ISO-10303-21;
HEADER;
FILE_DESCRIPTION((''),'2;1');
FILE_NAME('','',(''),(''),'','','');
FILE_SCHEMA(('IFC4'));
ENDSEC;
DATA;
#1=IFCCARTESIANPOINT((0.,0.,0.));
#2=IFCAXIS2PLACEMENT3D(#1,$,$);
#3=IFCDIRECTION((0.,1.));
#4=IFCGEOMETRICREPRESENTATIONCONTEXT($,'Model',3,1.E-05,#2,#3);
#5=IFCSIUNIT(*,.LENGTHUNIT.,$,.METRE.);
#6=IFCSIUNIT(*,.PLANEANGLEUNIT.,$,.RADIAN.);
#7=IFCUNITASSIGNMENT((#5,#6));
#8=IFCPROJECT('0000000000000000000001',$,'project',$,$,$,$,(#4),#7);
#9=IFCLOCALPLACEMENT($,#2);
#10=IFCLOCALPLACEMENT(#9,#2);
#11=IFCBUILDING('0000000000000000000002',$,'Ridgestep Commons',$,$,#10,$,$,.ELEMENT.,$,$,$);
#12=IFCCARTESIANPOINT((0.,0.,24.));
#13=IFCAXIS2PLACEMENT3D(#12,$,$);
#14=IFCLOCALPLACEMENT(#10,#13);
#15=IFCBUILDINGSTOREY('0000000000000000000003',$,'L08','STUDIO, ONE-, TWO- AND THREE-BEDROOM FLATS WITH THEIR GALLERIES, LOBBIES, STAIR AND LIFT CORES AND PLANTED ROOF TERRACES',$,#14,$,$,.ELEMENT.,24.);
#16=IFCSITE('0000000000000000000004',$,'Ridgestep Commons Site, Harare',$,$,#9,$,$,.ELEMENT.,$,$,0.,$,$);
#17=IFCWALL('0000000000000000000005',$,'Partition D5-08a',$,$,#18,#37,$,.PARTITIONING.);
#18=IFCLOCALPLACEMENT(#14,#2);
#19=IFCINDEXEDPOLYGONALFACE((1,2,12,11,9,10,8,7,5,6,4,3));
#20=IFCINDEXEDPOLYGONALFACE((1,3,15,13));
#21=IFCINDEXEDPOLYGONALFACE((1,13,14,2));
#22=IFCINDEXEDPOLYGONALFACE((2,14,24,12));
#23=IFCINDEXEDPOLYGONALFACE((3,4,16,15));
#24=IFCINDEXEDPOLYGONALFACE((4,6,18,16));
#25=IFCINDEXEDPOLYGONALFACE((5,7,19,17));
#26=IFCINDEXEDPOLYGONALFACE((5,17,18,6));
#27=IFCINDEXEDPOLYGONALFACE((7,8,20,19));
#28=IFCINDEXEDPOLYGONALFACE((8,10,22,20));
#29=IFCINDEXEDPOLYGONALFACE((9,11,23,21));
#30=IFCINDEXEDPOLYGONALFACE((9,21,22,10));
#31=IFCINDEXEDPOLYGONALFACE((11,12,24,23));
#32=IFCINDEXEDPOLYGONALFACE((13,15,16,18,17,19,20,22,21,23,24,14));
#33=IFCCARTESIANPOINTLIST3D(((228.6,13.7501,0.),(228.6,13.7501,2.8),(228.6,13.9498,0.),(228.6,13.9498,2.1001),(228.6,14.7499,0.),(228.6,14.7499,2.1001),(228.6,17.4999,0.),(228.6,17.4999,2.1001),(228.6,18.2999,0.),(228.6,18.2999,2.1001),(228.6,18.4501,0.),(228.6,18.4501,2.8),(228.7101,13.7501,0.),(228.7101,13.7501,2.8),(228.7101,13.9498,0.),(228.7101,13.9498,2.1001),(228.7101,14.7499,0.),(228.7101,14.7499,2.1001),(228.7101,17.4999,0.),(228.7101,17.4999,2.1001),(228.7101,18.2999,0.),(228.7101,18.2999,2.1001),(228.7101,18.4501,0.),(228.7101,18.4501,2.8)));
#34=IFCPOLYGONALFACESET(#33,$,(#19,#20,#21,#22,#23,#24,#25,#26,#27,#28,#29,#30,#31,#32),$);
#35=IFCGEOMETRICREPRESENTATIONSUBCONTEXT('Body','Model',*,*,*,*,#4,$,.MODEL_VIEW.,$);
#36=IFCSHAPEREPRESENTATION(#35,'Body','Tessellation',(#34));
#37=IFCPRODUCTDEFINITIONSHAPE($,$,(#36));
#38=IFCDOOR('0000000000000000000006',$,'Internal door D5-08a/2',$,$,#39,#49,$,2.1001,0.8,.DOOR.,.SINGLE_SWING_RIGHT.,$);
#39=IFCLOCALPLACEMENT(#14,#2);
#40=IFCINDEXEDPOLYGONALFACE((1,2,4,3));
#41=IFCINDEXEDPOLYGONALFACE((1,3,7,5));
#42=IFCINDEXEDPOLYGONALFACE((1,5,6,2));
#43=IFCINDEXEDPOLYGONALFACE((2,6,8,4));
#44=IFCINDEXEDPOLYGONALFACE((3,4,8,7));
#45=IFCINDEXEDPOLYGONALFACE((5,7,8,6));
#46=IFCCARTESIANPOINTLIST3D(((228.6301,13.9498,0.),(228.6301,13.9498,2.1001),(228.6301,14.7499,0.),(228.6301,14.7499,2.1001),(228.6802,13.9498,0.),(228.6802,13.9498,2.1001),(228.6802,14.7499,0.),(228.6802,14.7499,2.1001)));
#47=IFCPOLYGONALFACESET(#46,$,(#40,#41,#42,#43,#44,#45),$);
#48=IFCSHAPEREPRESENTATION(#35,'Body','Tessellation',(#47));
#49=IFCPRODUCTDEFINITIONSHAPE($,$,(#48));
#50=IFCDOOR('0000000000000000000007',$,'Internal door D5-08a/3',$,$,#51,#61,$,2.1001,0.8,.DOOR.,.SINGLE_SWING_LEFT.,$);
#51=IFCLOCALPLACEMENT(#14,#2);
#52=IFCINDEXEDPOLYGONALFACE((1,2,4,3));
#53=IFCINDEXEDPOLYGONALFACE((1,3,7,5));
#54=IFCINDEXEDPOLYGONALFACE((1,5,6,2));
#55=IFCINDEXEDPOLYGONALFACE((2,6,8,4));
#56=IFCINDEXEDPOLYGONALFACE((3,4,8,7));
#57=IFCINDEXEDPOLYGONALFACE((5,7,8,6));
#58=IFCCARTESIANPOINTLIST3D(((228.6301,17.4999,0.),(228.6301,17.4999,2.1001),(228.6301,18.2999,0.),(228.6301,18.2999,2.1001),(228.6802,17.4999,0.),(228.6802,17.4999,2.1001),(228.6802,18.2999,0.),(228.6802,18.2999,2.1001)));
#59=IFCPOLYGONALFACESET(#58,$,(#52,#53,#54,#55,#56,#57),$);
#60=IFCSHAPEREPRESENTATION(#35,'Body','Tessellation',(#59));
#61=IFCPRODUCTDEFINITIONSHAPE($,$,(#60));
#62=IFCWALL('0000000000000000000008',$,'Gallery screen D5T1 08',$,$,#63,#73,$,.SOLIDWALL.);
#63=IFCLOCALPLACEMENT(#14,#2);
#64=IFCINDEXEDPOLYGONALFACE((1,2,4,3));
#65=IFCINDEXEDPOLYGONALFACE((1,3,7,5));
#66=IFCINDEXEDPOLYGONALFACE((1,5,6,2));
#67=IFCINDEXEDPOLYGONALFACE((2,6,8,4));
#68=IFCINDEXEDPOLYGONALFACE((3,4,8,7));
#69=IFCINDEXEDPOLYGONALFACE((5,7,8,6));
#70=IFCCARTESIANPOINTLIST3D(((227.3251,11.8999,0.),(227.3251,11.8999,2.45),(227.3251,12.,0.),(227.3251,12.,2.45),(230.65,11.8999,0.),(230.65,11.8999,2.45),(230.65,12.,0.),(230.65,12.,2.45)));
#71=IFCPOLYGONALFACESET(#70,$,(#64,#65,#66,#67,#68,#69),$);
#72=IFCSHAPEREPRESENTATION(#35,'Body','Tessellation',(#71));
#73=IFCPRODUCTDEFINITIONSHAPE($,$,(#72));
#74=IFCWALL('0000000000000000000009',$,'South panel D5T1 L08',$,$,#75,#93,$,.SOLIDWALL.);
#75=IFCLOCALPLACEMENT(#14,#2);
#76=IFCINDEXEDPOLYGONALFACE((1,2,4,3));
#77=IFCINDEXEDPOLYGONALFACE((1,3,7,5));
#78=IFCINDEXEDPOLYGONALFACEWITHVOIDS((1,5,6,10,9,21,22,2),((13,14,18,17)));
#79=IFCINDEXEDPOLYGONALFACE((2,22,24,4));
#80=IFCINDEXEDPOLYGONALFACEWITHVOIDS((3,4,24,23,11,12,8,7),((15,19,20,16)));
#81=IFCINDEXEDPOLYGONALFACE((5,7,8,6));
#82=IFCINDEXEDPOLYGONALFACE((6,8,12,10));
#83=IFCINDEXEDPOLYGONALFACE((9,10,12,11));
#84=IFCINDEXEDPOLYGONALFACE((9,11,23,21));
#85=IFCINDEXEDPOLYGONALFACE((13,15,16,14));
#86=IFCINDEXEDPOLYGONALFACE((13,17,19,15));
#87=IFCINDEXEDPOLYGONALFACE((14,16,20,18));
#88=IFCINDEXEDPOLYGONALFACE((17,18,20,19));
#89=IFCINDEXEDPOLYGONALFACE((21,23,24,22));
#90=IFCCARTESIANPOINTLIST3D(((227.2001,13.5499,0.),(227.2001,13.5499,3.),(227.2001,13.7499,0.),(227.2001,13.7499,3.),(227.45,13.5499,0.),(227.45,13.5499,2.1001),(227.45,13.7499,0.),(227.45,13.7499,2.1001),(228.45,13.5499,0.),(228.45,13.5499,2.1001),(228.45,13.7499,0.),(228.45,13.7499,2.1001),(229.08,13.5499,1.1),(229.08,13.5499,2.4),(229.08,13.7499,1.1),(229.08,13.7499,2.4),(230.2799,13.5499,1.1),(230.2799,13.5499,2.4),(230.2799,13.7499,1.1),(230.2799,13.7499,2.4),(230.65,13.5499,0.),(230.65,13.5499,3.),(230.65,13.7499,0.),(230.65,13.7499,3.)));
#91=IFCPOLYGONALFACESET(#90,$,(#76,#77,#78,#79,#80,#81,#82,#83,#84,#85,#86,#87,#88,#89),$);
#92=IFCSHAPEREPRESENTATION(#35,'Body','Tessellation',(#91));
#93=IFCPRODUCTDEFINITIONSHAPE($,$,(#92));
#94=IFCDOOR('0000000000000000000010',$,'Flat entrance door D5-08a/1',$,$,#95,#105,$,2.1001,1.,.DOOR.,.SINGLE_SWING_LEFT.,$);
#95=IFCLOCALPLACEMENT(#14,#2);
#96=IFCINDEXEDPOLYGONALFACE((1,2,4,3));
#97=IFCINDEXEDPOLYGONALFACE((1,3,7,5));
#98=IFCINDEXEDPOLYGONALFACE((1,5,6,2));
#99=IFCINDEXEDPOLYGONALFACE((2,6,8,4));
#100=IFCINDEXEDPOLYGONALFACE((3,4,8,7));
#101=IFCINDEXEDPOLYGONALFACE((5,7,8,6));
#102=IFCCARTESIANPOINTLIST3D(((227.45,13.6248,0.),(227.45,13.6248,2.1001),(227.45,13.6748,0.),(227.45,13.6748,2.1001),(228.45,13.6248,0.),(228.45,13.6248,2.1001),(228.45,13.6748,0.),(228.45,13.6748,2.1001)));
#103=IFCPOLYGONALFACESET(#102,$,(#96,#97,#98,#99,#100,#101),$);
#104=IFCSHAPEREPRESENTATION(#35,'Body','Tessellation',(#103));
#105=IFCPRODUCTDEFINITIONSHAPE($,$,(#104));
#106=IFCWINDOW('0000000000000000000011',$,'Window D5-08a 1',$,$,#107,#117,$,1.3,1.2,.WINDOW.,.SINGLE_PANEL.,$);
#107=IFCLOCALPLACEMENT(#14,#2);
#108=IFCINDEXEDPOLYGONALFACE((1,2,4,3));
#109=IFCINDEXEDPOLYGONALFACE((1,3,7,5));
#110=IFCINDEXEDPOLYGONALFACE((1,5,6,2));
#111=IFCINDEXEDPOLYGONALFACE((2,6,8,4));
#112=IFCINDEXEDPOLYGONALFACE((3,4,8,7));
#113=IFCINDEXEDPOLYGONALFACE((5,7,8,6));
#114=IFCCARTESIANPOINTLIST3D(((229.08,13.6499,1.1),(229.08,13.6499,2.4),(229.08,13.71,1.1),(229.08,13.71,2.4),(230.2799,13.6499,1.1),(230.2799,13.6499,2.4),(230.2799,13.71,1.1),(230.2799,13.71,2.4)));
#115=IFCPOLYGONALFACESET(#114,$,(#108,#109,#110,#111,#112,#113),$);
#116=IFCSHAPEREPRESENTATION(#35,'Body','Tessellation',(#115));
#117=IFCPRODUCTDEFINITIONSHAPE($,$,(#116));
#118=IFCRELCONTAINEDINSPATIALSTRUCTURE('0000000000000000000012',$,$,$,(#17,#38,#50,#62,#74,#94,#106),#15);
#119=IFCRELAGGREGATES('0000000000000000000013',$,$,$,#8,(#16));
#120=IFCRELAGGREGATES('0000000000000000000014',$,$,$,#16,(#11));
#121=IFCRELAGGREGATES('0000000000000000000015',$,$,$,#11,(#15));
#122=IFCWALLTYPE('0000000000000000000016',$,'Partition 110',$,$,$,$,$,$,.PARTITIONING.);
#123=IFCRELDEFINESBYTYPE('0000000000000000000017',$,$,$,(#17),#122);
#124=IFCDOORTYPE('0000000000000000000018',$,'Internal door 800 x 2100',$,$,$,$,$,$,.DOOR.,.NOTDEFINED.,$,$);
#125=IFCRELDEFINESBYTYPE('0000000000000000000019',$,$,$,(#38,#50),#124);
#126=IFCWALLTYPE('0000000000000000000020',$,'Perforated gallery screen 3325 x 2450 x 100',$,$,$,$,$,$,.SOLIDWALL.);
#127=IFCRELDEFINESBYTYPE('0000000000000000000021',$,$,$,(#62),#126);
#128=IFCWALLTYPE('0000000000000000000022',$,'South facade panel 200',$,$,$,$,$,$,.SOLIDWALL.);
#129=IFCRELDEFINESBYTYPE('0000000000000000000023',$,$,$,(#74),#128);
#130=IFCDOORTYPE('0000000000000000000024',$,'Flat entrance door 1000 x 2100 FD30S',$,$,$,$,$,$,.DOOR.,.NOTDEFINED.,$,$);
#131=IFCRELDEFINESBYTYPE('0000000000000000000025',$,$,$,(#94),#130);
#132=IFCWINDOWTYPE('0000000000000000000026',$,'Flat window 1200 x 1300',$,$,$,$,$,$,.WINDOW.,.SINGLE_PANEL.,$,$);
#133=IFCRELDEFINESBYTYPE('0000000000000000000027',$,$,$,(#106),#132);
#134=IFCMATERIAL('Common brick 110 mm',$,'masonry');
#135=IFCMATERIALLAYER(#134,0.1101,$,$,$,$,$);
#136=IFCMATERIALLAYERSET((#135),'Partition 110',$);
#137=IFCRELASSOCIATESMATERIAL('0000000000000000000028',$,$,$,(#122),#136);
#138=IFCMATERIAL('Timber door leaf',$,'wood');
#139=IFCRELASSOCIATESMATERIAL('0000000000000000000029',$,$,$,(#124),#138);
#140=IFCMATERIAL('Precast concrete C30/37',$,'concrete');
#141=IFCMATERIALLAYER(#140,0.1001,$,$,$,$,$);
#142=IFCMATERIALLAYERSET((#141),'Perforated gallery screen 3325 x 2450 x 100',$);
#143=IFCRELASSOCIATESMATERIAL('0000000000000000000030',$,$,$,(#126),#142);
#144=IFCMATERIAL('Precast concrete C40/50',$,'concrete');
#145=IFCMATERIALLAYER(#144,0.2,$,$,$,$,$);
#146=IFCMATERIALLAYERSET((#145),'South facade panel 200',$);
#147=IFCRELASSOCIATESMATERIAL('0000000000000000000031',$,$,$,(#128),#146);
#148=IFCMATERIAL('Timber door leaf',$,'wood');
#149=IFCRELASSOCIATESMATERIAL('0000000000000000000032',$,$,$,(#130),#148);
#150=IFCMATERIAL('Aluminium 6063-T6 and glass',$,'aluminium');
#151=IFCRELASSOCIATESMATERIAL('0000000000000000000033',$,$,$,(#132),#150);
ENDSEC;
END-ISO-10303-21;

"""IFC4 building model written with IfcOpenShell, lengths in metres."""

from ifc_helpers import new_model, si_unit, direction, frame, frame_2d, origin, place, context, subcontext, project, spatial, rectangle, extrude, material, layer, layer_set, type_object, element, fill, save


model = new_model("IFC4")

# Units and contexts
model_context = context("Model", 3, precision=1e-05, world=origin(), true_north=direction((0.0, 1.0)))
body_context = subcontext(model_context, "Body", "Model", "MODEL_VIEW")
ifc_project = project(units=[si_unit("LENGTHUNIT", "METRE"), si_unit("PLANEANGLEUNIT", "RADIAN")], contexts=[model_context])

# Site, building, storey
site_placement = place(None, origin())
site = spatial("IfcSite", under=ifc_project, at=site_placement, Name="Ridgestep Commons Site, Harare", CompositionType="ELEMENT", RefElevation=0.0)
building_placement = place(site_placement, origin())
building = spatial("IfcBuilding", under=site, at=building_placement, Name="Ridgestep Commons", CompositionType="ELEMENT")
storey_placement = place(building_placement, frame((0.0, 0.0, 24.0)))
storey = spatial("IfcBuildingStorey", under=building, at=storey_placement, Name="L08", Description="STUDIO, ONE-, TWO- AND THREE-BEDROOM FLATS WITH THEIR GALLERIES, LOBBIES, STAIR AND LIFT CORES AND PLANTED ROOF TERRACES", CompositionType="ELEMENT", Elevation=24.0)

# Wall, openings, doors
ifc_material_1 = material(Name="Common brick 110 mm", Category="masonry")
ifc_layer_1 = layer(ifc_material_1, 0.1101)
ifc_layer_set_1 = layer_set([ifc_layer_1], Name="Partition 110")
wall_type_1 = type_object("IfcWallType", Name="Partition 110", PredefinedType="PARTITIONING", material=ifc_layer_set_1)
wall_1_placement = place(storey_placement, frame((228.655, 13.75, 0.0), z_axis=(0.0, 0.0, 1.0), x_axis=(0.0, 1.0, 0.0)))
wall_1 = element("IfcWall", 1, at=wall_1_placement, inside=storey, type_object=wall_type_1, Name="Partition D5-08a", PredefinedType="PARTITIONING", context=body_context, shape_type="SweptSolid", body=[
    extrude(rectangle(XDim=4.7, YDim=0.1101, at=frame_2d((2.3501, 0.0))), origin(), (0.0, 0.0, 1.0), 2.8),
])
opening_1_placement = place(wall_1_placement, frame((0.2, 0.0, 0.0)))
opening_1 = element("IfcOpeningElement", 2, at=opening_1_placement, cuts=wall_1, PredefinedType="OPENING", context=body_context, shape_type="SweptSolid", body=[
    extrude(rectangle(XDim=0.8, YDim=2.1001, at=frame_2d((0.3999, 1.05))), frame((0.0, 0.0649, 0.0), z_axis=(0.0, -1.0, 0.0), x_axis=(1.0, 0.0, 0.0)), (0.0, 0.0, 1.0), 0.1301),
])
opening_2_placement = place(wall_1_placement, frame((3.75, 0.0, 0.0)))
opening_2 = element("IfcOpeningElement", 3, at=opening_2_placement, cuts=wall_1, PredefinedType="OPENING", context=body_context, shape_type="SweptSolid", body=[
    extrude(rectangle(XDim=0.8, YDim=2.1001, at=frame_2d((0.3999, 1.05))), frame((0.0, 0.0649, 0.0), z_axis=(0.0, -1.0, 0.0), x_axis=(1.0, 0.0, 0.0)), (0.0, 0.0, 1.0), 0.1301),
])
ifc_material_2 = material(Name="Timber door leaf", Category="wood")
door_type_1 = type_object("IfcDoorType", Name="Internal door 800 x 2100", OperationType="NOTDEFINED", PredefinedType="DOOR", material=ifc_material_2)
door_1_placement = place(opening_1_placement, origin())
door_1 = element("IfcDoor", 4, at=door_1_placement, inside=storey, type_object=door_type_1, Name="Internal door D5-08a/2", OperationType="SINGLE_SWING_RIGHT", OverallHeight=2.1001, OverallWidth=0.8, PredefinedType="DOOR", context=body_context, shape_type="SweptSolid", body=[
    extrude(rectangle(XDim=0.8, YDim=2.1001, at=frame_2d((0.3999, 1.05))), frame((0.0, 0.0249, 0.0), z_axis=(0.0, -1.0, 0.0), x_axis=(1.0, 0.0, 0.0)), (0.0, 0.0, 1.0), 0.05),
])
fill(opening_1, door_1)
door_2_placement = place(opening_2_placement, origin())
door_2 = element("IfcDoor", 5, at=door_2_placement, inside=storey, type_object=door_type_1, Name="Internal door D5-08a/3", OperationType="SINGLE_SWING_LEFT", OverallHeight=2.1001, OverallWidth=0.8, PredefinedType="DOOR", context=body_context, shape_type="SweptSolid", body=[
    extrude(rectangle(XDim=0.8, YDim=2.1001, at=frame_2d((0.3999, 1.05))), frame((0.0, 0.0249, 0.0), z_axis=(0.0, -1.0, 0.0), x_axis=(1.0, 0.0, 0.0)), (0.0, 0.0, 1.0), 0.05),
])
fill(opening_2, door_2)

# Wall
ifc_material_3 = material(Name="Precast concrete C30/37", Category="concrete")
ifc_layer_2 = layer(ifc_material_3, 0.1001)
ifc_layer_set_2 = layer_set([ifc_layer_2], Name="Perforated gallery screen 3325 x 2450 x 100")
wall_type_2 = type_object("IfcWallType", Name="Perforated gallery screen 3325 x 2450 x 100", PredefinedType="SOLIDWALL", material=ifc_layer_set_2)
wall_2_placement = place(storey_placement, frame((227.325, 11.95, 0.0), z_axis=(0.0, 0.0, 1.0), x_axis=(1.0, 0.0, 0.0)))
element("IfcWall", 6, at=wall_2_placement, inside=storey, type_object=wall_type_2, Name="Gallery screen D5T1 08", PredefinedType="SOLIDWALL", context=body_context, shape_type="SweptSolid", body=[
    extrude(rectangle(XDim=3.325, YDim=0.1001, at=frame_2d((1.6626, 0.0))), origin(), (0.0, 0.0, 1.0), 2.45),
])

# Wall, openings, door, window
ifc_material_4 = material(Name="Precast concrete C40/50", Category="concrete")
ifc_layer_3 = layer(ifc_material_4, 0.2)
ifc_layer_set_3 = layer_set([ifc_layer_3], Name="South facade panel 200")
wall_type_3 = type_object("IfcWallType", Name="South facade panel 200", PredefinedType="SOLIDWALL", material=ifc_layer_set_3)
wall_3_placement = place(storey_placement, frame((227.2, 13.6499, 0.0), z_axis=(0.0, 0.0, 1.0), x_axis=(1.0, 0.0, 0.0)))
wall_3 = element("IfcWall", 7, at=wall_3_placement, inside=storey, type_object=wall_type_3, Name="South panel D5T1 L08", PredefinedType="SOLIDWALL", context=body_context, shape_type="SweptSolid", body=[
    extrude(rectangle(XDim=3.45, YDim=0.2, at=frame_2d((1.7251, 0.0))), origin(), (0.0, 0.0, 1.0), 3.0),
])
opening_3_placement = place(wall_3_placement, frame((1.8799, 0.0, 1.1001)))
opening_3 = element("IfcOpeningElement", 8, at=opening_3_placement, cuts=wall_3, PredefinedType="OPENING", context=body_context, shape_type="SweptSolid", body=[
    extrude(rectangle(XDim=1.2, YDim=1.3, at=frame_2d((0.6001, 0.6499))), frame((0.0, 0.1099, 0.0), z_axis=(0.0, -1.0, 0.0), x_axis=(1.0, 0.0, 0.0)), (0.0, 0.0, 1.0), 0.22),
])
opening_4_placement = place(wall_3_placement, frame((0.25, 0.0, 0.0)))
opening_4 = element("IfcOpeningElement", 9, at=opening_4_placement, cuts=wall_3, PredefinedType="OPENING", context=body_context, shape_type="SweptSolid", body=[
    extrude(rectangle(XDim=1.0, YDim=2.1001, at=frame_2d((0.5, 1.05))), frame((0.0, 0.1099, 0.0), z_axis=(0.0, -1.0, 0.0), x_axis=(1.0, 0.0, 0.0)), (0.0, 0.0, 1.0), 0.22),
])
ifc_material_5 = material(Name="Timber door leaf", Category="wood")
door_type_2 = type_object("IfcDoorType", Name="Flat entrance door 1000 x 2100 FD30S", OperationType="NOTDEFINED", PredefinedType="DOOR", material=ifc_material_5)
door_3_placement = place(opening_4_placement, origin())
door_3 = element("IfcDoor", 10, at=door_3_placement, inside=storey, type_object=door_type_2, Name="Flat entrance door D5-08a/1", OperationType="SINGLE_SWING_LEFT", OverallHeight=2.1001, OverallWidth=1.0, PredefinedType="DOOR", context=body_context, shape_type="SweptSolid", body=[
    extrude(rectangle(XDim=1.0, YDim=2.1001, at=frame_2d((0.5, 1.05))), frame((0.0, 0.0249, 0.0), z_axis=(0.0, -1.0, 0.0), x_axis=(1.0, 0.0, 0.0)), (0.0, 0.0, 1.0), 0.05),
])
fill(opening_4, door_3)
ifc_material_6 = material(Name="Aluminium 6063-T6 and glass", Category="aluminium")
window_type = type_object("IfcWindowType", Name="Flat window 1200 x 1300", PartitioningType="SINGLE_PANEL", PredefinedType="WINDOW", material=ifc_material_6)
window_placement = place(opening_3_placement, origin())
window = element("IfcWindow", 11, at=window_placement, inside=storey, type_object=window_type, Name="Window D5-08a 1", OverallHeight=1.3, OverallWidth=1.2, PartitioningType="SINGLE_PANEL", PredefinedType="WINDOW", context=body_context, shape_type="SweptSolid", body=[
    extrude(rectangle(XDim=1.2, YDim=1.3, at=frame_2d((0.6001, 0.6499))), frame((0.0, 0.0601, 0.0), z_axis=(0.0, -1.0, 0.0), x_axis=(1.0, 0.0, 0.0)), (0.0, 0.0, 1.0), 0.0601),
])
fill(opening_3, window)

save(model, "model.ifc")
